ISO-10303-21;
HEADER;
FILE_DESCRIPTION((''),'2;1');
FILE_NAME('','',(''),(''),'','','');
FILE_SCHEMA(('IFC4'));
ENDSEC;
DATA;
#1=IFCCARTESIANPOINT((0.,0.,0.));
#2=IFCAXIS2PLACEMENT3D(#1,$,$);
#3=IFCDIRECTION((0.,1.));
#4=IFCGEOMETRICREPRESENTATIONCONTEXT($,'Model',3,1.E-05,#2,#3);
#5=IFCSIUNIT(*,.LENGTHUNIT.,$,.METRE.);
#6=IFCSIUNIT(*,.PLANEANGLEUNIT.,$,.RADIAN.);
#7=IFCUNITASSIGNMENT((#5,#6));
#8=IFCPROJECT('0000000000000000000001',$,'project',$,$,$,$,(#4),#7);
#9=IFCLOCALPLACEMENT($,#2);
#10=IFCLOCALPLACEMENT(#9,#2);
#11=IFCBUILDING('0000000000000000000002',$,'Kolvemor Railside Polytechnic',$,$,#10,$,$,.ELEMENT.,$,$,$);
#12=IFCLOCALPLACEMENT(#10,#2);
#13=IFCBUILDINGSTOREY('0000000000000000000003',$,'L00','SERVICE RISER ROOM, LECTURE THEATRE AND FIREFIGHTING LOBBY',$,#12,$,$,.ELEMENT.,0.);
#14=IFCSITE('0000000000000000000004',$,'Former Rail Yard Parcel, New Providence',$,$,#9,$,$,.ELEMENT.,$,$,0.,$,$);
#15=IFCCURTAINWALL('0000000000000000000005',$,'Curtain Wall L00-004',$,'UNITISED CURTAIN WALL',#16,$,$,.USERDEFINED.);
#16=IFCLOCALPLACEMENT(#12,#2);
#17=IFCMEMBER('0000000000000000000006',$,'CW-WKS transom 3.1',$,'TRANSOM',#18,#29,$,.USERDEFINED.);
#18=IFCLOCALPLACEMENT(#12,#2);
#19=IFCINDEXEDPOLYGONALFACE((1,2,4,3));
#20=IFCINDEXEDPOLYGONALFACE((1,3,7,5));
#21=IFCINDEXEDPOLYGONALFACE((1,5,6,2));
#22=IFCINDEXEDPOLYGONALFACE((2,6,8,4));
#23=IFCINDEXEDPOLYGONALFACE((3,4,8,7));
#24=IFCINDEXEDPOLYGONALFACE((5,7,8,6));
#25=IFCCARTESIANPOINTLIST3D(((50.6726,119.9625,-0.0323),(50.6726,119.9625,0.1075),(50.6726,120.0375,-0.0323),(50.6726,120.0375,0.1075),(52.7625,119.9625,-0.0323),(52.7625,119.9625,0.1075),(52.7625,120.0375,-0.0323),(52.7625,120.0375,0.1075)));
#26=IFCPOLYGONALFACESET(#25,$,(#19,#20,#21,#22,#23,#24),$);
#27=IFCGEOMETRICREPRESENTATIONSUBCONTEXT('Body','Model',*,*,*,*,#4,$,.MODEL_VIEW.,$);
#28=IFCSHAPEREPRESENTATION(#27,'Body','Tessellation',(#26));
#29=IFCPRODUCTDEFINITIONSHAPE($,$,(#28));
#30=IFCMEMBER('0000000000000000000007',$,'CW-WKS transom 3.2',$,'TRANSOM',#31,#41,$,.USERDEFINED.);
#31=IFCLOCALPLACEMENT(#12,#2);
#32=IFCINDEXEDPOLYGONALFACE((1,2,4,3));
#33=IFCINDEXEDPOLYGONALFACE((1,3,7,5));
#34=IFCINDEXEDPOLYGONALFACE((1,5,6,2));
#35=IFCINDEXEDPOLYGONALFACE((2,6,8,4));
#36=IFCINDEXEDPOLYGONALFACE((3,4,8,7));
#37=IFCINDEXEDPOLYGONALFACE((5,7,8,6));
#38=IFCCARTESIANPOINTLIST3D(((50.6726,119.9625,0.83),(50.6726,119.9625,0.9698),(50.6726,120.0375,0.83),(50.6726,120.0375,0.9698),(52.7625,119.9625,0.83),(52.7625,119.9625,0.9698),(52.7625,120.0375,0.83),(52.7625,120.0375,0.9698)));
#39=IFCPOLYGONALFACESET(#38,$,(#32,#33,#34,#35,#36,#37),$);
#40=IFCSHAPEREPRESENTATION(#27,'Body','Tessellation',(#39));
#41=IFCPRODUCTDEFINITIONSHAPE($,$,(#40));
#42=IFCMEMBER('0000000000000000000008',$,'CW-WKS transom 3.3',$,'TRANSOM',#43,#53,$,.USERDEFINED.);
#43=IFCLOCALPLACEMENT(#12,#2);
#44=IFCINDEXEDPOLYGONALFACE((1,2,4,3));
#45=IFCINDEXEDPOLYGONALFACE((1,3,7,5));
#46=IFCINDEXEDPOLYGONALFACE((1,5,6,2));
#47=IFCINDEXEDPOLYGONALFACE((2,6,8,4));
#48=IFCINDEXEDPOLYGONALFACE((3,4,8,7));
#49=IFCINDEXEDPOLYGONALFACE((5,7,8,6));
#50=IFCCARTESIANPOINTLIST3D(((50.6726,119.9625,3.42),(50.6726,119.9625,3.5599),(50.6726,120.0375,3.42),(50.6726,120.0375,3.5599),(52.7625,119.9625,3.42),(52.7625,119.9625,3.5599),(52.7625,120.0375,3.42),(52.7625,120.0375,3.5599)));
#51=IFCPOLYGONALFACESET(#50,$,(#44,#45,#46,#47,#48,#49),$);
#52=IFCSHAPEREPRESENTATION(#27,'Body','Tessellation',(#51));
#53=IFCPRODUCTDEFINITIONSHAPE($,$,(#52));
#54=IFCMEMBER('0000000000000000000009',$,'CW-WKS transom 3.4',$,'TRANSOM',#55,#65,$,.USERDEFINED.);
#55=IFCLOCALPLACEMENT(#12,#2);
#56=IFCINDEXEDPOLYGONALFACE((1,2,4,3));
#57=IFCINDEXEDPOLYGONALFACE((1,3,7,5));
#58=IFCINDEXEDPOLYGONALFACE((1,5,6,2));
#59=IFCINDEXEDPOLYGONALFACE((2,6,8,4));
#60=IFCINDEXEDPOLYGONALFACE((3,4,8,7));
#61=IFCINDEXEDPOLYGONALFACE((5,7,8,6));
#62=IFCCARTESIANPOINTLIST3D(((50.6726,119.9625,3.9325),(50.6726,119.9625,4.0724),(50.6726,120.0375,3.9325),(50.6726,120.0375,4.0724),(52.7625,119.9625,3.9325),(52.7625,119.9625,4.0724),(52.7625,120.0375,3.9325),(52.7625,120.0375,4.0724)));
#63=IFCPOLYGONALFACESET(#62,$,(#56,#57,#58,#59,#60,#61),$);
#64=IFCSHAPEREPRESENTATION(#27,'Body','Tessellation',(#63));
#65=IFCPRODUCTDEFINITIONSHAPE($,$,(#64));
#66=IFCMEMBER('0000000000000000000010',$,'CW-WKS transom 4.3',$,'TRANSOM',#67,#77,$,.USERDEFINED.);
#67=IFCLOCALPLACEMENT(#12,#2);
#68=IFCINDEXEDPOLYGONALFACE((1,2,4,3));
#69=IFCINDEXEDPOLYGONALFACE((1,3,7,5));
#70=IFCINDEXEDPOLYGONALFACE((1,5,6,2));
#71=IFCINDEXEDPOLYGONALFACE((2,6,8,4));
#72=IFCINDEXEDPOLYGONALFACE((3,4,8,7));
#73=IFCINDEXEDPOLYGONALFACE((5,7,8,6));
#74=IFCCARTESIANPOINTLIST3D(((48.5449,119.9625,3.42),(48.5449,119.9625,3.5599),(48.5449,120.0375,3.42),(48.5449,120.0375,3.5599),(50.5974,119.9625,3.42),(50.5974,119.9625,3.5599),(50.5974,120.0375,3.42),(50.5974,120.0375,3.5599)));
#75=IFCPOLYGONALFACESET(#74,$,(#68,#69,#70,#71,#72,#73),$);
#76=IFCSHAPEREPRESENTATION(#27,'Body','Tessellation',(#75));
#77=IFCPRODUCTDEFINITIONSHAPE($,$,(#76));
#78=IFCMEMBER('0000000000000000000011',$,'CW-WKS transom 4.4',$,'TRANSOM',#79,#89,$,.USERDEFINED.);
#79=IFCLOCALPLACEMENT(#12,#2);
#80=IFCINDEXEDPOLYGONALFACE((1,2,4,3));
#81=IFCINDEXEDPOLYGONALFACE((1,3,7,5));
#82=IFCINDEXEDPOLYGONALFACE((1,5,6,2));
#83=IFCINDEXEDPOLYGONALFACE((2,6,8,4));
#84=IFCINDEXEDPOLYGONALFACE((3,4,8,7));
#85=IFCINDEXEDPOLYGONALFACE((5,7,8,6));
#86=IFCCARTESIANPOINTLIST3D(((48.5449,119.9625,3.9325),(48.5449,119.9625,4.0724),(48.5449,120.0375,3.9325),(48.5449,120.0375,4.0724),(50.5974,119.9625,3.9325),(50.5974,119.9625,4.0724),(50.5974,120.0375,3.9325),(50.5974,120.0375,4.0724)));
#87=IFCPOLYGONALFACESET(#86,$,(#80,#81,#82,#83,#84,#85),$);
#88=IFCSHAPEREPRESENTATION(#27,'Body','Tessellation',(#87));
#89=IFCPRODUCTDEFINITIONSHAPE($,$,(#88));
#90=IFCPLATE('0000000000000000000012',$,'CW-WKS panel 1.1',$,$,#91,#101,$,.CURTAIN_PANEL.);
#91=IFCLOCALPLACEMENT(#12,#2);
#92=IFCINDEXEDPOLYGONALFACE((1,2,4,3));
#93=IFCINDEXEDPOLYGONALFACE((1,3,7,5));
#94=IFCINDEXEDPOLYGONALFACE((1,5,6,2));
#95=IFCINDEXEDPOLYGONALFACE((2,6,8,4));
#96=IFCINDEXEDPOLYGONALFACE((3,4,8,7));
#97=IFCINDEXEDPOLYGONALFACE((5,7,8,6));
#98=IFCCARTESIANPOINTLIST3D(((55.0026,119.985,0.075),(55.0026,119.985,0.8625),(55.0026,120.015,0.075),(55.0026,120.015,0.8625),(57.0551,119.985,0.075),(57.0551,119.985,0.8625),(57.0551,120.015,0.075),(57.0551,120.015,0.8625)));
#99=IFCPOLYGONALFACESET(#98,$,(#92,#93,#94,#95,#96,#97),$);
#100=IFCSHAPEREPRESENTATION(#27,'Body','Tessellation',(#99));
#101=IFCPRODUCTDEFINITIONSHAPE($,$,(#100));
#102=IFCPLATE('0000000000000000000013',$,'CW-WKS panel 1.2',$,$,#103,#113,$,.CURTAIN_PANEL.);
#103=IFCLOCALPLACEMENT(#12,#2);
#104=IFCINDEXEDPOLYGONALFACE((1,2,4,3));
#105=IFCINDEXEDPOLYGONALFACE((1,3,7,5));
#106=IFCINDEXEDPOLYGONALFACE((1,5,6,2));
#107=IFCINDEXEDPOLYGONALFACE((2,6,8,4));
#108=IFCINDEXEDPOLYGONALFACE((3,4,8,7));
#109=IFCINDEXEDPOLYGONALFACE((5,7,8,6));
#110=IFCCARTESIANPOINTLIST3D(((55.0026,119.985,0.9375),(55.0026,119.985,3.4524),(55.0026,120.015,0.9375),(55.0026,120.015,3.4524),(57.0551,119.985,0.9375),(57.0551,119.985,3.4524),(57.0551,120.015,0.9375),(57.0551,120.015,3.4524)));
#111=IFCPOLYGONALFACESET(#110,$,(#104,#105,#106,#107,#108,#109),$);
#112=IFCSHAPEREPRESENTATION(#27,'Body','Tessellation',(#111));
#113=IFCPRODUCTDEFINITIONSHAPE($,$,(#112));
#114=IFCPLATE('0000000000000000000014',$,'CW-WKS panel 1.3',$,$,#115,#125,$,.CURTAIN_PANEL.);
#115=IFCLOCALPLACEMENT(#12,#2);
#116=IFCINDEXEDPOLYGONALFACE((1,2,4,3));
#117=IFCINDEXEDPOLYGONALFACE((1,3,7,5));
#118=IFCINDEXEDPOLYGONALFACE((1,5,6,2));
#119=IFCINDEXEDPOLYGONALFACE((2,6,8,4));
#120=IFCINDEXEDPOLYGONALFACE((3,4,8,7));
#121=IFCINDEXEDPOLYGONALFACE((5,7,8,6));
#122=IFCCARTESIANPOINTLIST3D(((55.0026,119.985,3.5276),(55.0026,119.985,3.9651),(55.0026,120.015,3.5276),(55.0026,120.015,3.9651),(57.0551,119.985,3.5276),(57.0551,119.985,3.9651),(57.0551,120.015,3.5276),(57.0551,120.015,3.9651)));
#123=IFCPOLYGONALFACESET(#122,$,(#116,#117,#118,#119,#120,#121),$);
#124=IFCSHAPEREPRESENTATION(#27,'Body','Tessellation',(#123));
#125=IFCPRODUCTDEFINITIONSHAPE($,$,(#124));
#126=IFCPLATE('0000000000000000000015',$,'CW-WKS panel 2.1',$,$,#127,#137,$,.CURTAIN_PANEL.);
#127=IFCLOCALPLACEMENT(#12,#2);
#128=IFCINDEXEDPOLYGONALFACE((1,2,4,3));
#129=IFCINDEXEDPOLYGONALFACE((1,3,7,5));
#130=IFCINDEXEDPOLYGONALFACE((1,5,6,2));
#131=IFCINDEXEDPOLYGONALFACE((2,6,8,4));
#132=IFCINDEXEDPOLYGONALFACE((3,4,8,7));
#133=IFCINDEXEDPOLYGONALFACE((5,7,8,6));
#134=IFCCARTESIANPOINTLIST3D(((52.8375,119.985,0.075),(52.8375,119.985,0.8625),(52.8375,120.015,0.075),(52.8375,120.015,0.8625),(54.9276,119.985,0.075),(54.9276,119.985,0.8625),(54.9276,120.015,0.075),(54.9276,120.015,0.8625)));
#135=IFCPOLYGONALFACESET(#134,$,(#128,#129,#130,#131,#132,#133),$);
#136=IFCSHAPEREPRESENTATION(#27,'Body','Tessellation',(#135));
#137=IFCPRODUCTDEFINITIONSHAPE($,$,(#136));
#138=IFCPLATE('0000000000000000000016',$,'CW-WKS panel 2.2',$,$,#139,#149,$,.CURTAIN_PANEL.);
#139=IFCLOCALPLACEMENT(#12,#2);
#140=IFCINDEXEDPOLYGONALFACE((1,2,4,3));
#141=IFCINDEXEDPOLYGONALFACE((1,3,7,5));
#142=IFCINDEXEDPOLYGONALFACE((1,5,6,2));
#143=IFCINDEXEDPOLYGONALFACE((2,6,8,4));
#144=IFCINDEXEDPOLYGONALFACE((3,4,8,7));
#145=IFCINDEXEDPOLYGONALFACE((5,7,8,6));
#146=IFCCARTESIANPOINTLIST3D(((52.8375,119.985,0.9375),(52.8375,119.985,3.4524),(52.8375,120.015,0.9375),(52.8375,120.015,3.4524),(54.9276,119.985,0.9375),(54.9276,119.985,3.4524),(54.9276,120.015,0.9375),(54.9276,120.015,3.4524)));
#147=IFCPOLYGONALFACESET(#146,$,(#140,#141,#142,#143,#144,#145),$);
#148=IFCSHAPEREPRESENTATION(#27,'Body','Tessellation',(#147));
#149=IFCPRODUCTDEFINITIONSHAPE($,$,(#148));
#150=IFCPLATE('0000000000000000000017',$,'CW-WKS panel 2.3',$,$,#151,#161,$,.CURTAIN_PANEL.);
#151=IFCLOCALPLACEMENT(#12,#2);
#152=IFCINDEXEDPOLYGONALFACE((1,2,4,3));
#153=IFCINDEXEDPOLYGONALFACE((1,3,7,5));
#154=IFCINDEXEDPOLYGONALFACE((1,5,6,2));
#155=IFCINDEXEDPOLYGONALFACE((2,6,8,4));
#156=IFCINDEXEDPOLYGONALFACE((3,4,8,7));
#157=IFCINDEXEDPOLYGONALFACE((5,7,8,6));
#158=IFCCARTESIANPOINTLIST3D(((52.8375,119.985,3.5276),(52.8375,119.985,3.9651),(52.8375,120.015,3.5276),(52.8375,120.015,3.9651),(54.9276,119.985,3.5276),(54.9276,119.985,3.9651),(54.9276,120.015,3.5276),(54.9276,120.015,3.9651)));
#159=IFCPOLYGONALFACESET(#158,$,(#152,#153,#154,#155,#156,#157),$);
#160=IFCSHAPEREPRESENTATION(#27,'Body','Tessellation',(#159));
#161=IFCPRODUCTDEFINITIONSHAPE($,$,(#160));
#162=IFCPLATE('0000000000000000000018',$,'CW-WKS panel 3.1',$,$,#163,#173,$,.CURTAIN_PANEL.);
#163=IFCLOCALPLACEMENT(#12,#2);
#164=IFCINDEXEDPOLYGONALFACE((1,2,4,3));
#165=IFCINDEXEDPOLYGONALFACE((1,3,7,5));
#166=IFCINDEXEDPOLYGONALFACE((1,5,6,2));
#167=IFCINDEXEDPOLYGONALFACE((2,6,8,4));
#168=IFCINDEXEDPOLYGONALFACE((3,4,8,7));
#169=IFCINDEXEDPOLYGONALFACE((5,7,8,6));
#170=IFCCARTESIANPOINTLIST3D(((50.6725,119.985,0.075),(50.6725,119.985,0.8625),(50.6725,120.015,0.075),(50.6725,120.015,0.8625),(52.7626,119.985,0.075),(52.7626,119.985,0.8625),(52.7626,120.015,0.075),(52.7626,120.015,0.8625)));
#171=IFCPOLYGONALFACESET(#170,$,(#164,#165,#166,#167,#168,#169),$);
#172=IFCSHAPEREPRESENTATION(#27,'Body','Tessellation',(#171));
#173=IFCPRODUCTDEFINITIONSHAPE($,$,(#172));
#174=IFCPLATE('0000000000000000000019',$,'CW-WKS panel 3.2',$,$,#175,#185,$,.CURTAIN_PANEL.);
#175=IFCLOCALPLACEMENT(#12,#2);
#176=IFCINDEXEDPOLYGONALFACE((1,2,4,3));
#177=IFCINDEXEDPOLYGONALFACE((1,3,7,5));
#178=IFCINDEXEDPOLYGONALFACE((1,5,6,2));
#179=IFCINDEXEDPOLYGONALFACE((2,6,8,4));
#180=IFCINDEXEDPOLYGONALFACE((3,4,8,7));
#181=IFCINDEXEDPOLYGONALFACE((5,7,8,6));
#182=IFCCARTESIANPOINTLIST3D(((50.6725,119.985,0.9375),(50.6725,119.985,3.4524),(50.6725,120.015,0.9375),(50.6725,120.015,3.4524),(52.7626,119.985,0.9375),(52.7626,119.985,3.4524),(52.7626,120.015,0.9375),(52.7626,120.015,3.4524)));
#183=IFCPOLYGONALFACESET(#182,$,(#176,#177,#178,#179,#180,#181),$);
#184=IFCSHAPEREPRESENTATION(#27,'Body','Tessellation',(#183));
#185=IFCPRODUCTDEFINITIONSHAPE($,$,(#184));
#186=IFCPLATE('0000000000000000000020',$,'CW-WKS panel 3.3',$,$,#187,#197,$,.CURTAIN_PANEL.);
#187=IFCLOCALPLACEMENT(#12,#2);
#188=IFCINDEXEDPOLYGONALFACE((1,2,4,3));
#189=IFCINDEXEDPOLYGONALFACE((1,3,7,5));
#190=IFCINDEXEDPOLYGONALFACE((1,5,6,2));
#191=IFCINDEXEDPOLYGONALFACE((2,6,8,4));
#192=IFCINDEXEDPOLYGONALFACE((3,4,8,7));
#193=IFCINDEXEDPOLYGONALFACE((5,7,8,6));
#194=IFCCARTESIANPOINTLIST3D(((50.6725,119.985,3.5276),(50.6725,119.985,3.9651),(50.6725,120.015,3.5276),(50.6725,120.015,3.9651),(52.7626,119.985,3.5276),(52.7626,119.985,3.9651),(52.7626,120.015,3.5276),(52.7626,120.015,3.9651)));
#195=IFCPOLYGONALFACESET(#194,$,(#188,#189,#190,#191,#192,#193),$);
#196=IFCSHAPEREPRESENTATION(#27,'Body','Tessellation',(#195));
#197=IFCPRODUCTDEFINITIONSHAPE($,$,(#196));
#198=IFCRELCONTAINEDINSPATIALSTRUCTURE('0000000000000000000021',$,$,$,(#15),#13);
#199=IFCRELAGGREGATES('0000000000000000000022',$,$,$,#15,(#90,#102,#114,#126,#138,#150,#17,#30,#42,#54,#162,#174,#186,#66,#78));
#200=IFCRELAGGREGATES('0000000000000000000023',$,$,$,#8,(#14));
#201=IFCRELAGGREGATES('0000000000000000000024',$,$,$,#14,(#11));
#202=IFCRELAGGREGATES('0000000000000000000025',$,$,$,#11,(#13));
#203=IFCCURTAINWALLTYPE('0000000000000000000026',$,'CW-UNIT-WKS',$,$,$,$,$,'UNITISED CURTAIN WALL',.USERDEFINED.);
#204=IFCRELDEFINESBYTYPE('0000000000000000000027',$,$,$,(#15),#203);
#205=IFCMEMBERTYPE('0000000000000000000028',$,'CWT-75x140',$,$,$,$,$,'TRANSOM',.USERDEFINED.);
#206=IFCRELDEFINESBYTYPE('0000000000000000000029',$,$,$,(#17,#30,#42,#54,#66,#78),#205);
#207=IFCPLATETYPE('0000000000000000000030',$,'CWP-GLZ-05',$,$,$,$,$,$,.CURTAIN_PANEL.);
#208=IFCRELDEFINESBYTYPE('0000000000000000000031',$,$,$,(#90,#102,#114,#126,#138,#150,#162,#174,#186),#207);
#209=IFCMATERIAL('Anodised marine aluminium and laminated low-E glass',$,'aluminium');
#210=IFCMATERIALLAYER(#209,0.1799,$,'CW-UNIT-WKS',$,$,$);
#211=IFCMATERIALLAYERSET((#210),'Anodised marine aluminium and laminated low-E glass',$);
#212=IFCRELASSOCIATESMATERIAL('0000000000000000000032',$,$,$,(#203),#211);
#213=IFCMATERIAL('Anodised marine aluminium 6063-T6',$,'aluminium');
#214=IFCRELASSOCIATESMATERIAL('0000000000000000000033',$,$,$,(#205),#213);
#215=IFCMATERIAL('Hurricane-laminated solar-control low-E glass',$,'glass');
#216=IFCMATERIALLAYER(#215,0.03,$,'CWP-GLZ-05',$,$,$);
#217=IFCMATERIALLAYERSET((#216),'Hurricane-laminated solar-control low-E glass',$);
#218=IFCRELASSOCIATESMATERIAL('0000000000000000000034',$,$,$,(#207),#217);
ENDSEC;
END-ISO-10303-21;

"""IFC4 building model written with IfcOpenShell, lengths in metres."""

from ifc_helpers import new_model, si_unit, direction, frame, origin, origin_2d, place, context, subcontext, project, spatial, rectangle, extrude, material, layer, layer_set, material_profile, profile_set, type_object, element, aggregate, save


model = new_model("IFC4")

# Units and contexts
model_context = context("Model", 3, precision=1e-05, world=origin(), true_north=direction((0.0, 1.0)))
body_context = subcontext(model_context, "Body", "Model", "MODEL_VIEW")
ifc_project = project(units=[si_unit("LENGTHUNIT", "METRE"), si_unit("PLANEANGLEUNIT", "RADIAN")], contexts=[model_context])

# Site, building, storey
site_placement = place(None, origin())
site = spatial("IfcSite", under=ifc_project, at=site_placement, Name="Former Rail Yard Parcel, New Providence", CompositionType="ELEMENT", RefElevation=0.0)
building_placement = place(site_placement, origin())
building = spatial("IfcBuilding", under=site, at=building_placement, Name="Kolvemor Railside Polytechnic", CompositionType="ELEMENT")
storey_placement = place(building_placement, origin())
storey = spatial("IfcBuildingStorey", under=building, at=storey_placement, Name="L00", Description="SERVICE RISER ROOM, LECTURE THEATRE AND FIREFIGHTING LOBBY", CompositionType="ELEMENT", Elevation=0.0)

# Curtain wall
ifc_material_1 = material(Name="Anodised marine aluminium and laminated low-E glass", Category="aluminium")
ifc_layer_1 = layer(ifc_material_1, 0.1799, Name="CW-UNIT-WKS")
ifc_layer_set_1 = layer_set([ifc_layer_1], Name="Anodised marine aluminium and laminated low-E glass")
curtain_wall_type = type_object("IfcCurtainWallType", Name="CW-UNIT-WKS", ElementType="UNITISED CURTAIN WALL", PredefinedType="USERDEFINED", material=ifc_layer_set_1)
curtain_wall_1_placement = place(storey_placement, origin())
curtain_wall_1 = element("IfcCurtainWall", 1, at=curtain_wall_1_placement, inside=storey, type_object=curtain_wall_type, Name="Curtain Wall L00-004", ObjectType="UNITISED CURTAIN WALL", PredefinedType="USERDEFINED")

# Members
ifc_material_2 = material(Name="Anodised marine aluminium 6063-T6", Category="aluminium")
ifc_material_profile_1 = material_profile(ifc_material_2, rectangle(XDim=0.075, YDim=0.1399, at=origin_2d()), Name="CW-TRN-75x140")
ifc_profile_set_1 = profile_set([ifc_material_profile_1], Name="Anodised marine aluminium 6063-T6")
member_type_1 = type_object("IfcMemberType", Name="CWT-75x140", ElementType="TRANSOM", PredefinedType="USERDEFINED", material=ifc_profile_set_1)
member_1_placement = place(storey_placement, frame((52.7625, 120.0, 0.0376), z_axis=(-1.0, 0.0, 0.0), x_axis=(0.0, -1.0, 0.0)))
member_1 = element("IfcMember", 2, at=member_1_placement, type_object=member_type_1, Name="CW-WKS transom 3.1", ObjectType="TRANSOM", PredefinedType="USERDEFINED", context=body_context, shape_type="SweptSolid", body=[
    extrude(rectangle(XDim=0.075, YDim=0.1399, at=origin_2d()), origin(), (0.0, 0.0, 1.0), 2.0898),
])
member_2_placement = place(storey_placement, frame((52.7625, 120.0, 0.8999), z_axis=(-1.0, 0.0, 0.0), x_axis=(0.0, -1.0, 0.0)))
member_2 = element("IfcMember", 3, at=member_2_placement, type_object=member_type_1, Name="CW-WKS transom 3.2", ObjectType="TRANSOM", PredefinedType="USERDEFINED", context=body_context, shape_type="SweptSolid", body=[
    extrude(rectangle(XDim=0.075, YDim=0.1399, at=origin_2d()), origin(), (0.0, 0.0, 1.0), 2.0898),
])
member_3_placement = place(storey_placement, frame((52.7625, 120.0, 3.49), z_axis=(-1.0, 0.0, 0.0), x_axis=(0.0, -1.0, 0.0)))
member_3 = element("IfcMember", 4, at=member_3_placement, type_object=member_type_1, Name="CW-WKS transom 3.3", ObjectType="TRANSOM", PredefinedType="USERDEFINED", context=body_context, shape_type="SweptSolid", body=[
    extrude(rectangle(XDim=0.075, YDim=0.1399, at=origin_2d()), origin(), (0.0, 0.0, 1.0), 2.0898),
])
member_4_placement = place(storey_placement, frame((52.7625, 120.0, 4.0024), z_axis=(-1.0, 0.0, 0.0), x_axis=(0.0, -1.0, 0.0)))
member_4 = element("IfcMember", 5, at=member_4_placement, type_object=member_type_1, Name="CW-WKS transom 3.4", ObjectType="TRANSOM", PredefinedType="USERDEFINED", context=body_context, shape_type="SweptSolid", body=[
    extrude(rectangle(XDim=0.075, YDim=0.1399, at=origin_2d()), origin(), (0.0, 0.0, 1.0), 2.0898),
])
member_5_placement = place(storey_placement, frame((50.5974, 120.0, 3.49), z_axis=(-1.0, 0.0, 0.0), x_axis=(0.0, -1.0, 0.0)))
member_5 = element("IfcMember", 6, at=member_5_placement, type_object=member_type_1, Name="CW-WKS transom 4.3", ObjectType="TRANSOM", PredefinedType="USERDEFINED", context=body_context, shape_type="SweptSolid", body=[
    extrude(rectangle(XDim=0.075, YDim=0.1399, at=origin_2d()), origin(), (0.0, 0.0, 1.0), 2.0525),
])
member_6_placement = place(storey_placement, frame((50.5974, 120.0, 4.0024), z_axis=(-1.0, 0.0, 0.0), x_axis=(0.0, -1.0, 0.0)))
member_6 = element("IfcMember", 7, at=member_6_placement, type_object=member_type_1, Name="CW-WKS transom 4.4", ObjectType="TRANSOM", PredefinedType="USERDEFINED", context=body_context, shape_type="SweptSolid", body=[
    extrude(rectangle(XDim=0.075, YDim=0.1399, at=origin_2d()), origin(), (0.0, 0.0, 1.0), 2.0525),
])

# Plates
ifc_material_3 = material(Name="Hurricane-laminated solar-control low-E glass", Category="glass")
ifc_layer_2 = layer(ifc_material_3, 0.03, Name="CWP-GLZ-05")
ifc_layer_set_2 = layer_set([ifc_layer_2], Name="Hurricane-laminated solar-control low-E glass")
plate_type = type_object("IfcPlateType", Name="CWP-GLZ-05", PredefinedType="CURTAIN_PANEL", material=ifc_layer_set_2)
plate_1_placement = place(storey_placement, frame((56.0288, 120.0, 0.075), z_axis=(0.0, 0.0, 1.0), x_axis=(-1.0, 0.0, 0.0)))
plate_1 = element("IfcPlate", 8, at=plate_1_placement, type_object=plate_type, Name="CW-WKS panel 1.1", PredefinedType="CURTAIN_PANEL", context=body_context, shape_type="SweptSolid", body=[
    extrude(rectangle(XDim=2.0525, YDim=0.03, at=origin_2d()), origin(), (0.0, 0.0, 1.0), 0.7876),
])
plate_2_placement = place(storey_placement, frame((56.0288, 120.0, 0.9375), z_axis=(0.0, 0.0, 1.0), x_axis=(-1.0, 0.0, 0.0)))
plate_2 = element("IfcPlate", 9, at=plate_2_placement, type_object=plate_type, Name="CW-WKS panel 1.2", PredefinedType="CURTAIN_PANEL", context=body_context, shape_type="SweptSolid", body=[
    extrude(rectangle(XDim=2.0525, YDim=0.03, at=origin_2d()), origin(), (0.0, 0.0, 1.0), 2.5149),
])
plate_3_placement = place(storey_placement, frame((56.0288, 120.0, 3.5276), z_axis=(0.0, 0.0, 1.0), x_axis=(-1.0, 0.0, 0.0)))
plate_3 = element("IfcPlate", 10, at=plate_3_placement, type_object=plate_type, Name="CW-WKS panel 1.3", PredefinedType="CURTAIN_PANEL", context=body_context, shape_type="SweptSolid", body=[
    extrude(rectangle(XDim=2.0525, YDim=0.03, at=origin_2d()), origin(), (0.0, 0.0, 1.0), 0.4375),
])
plate_4_placement = place(storey_placement, frame((53.8826, 120.0, 0.075), z_axis=(0.0, 0.0, 1.0), x_axis=(-1.0, 0.0, 0.0)))
plate_4 = element("IfcPlate", 11, at=plate_4_placement, type_object=plate_type, Name="CW-WKS panel 2.1", PredefinedType="CURTAIN_PANEL", context=body_context, shape_type="SweptSolid", body=[
    extrude(rectangle(XDim=2.0901, YDim=0.03, at=origin_2d()), origin(), (0.0, 0.0, 1.0), 0.7876),
])
plate_5_placement = place(storey_placement, frame((53.8826, 120.0, 0.9375), z_axis=(0.0, 0.0, 1.0), x_axis=(-1.0, 0.0, 0.0)))
plate_5 = element("IfcPlate", 12, at=plate_5_placement, type_object=plate_type, Name="CW-WKS panel 2.2", PredefinedType="CURTAIN_PANEL", context=body_context, shape_type="SweptSolid", body=[
    extrude(rectangle(XDim=2.0901, YDim=0.03, at=origin_2d()), origin(), (0.0, 0.0, 1.0), 2.5149),
])
plate_6_placement = place(storey_placement, frame((53.8826, 120.0, 3.5276), z_axis=(0.0, 0.0, 1.0), x_axis=(-1.0, 0.0, 0.0)))
plate_6 = element("IfcPlate", 13, at=plate_6_placement, type_object=plate_type, Name="CW-WKS panel 2.3", PredefinedType="CURTAIN_PANEL", context=body_context, shape_type="SweptSolid", body=[
    extrude(rectangle(XDim=2.0901, YDim=0.03, at=origin_2d()), origin(), (0.0, 0.0, 1.0), 0.4375),
])
plate_7_placement = place(storey_placement, frame((51.7175, 120.0, 0.075), z_axis=(0.0, 0.0, 1.0), x_axis=(-1.0, 0.0, 0.0)))
plate_7 = element("IfcPlate", 14, at=plate_7_placement, type_object=plate_type, Name="CW-WKS panel 3.1", PredefinedType="CURTAIN_PANEL", context=body_context, shape_type="SweptSolid", body=[
    extrude(rectangle(XDim=2.0901, YDim=0.03, at=origin_2d()), origin(), (0.0, 0.0, 1.0), 0.7876),
])
plate_8_placement = place(storey_placement, frame((51.7175, 120.0, 0.9375), z_axis=(0.0, 0.0, 1.0), x_axis=(-1.0, 0.0, 0.0)))
plate_8 = element("IfcPlate", 15, at=plate_8_placement, type_object=plate_type, Name="CW-WKS panel 3.2", PredefinedType="CURTAIN_PANEL", context=body_context, shape_type="SweptSolid", body=[
    extrude(rectangle(XDim=2.0901, YDim=0.03, at=origin_2d()), origin(), (0.0, 0.0, 1.0), 2.5149),
])
plate_9_placement = place(storey_placement, frame((51.7175, 120.0, 3.5276), z_axis=(0.0, 0.0, 1.0), x_axis=(-1.0, 0.0, 0.0)))
plate_9 = element("IfcPlate", 16, at=plate_9_placement, type_object=plate_type, Name="CW-WKS panel 3.3", PredefinedType="CURTAIN_PANEL", context=body_context, shape_type="SweptSolid", body=[
    extrude(rectangle(XDim=2.0901, YDim=0.03, at=origin_2d()), origin(), (0.0, 0.0, 1.0), 0.4375),
])
aggregate(curtain_wall_1, [plate_1, plate_2, plate_3, plate_4, plate_5, plate_6, member_1, member_2, member_3, member_4, plate_7, plate_8, plate_9, member_5, member_6])

save(model, "model.ifc")
